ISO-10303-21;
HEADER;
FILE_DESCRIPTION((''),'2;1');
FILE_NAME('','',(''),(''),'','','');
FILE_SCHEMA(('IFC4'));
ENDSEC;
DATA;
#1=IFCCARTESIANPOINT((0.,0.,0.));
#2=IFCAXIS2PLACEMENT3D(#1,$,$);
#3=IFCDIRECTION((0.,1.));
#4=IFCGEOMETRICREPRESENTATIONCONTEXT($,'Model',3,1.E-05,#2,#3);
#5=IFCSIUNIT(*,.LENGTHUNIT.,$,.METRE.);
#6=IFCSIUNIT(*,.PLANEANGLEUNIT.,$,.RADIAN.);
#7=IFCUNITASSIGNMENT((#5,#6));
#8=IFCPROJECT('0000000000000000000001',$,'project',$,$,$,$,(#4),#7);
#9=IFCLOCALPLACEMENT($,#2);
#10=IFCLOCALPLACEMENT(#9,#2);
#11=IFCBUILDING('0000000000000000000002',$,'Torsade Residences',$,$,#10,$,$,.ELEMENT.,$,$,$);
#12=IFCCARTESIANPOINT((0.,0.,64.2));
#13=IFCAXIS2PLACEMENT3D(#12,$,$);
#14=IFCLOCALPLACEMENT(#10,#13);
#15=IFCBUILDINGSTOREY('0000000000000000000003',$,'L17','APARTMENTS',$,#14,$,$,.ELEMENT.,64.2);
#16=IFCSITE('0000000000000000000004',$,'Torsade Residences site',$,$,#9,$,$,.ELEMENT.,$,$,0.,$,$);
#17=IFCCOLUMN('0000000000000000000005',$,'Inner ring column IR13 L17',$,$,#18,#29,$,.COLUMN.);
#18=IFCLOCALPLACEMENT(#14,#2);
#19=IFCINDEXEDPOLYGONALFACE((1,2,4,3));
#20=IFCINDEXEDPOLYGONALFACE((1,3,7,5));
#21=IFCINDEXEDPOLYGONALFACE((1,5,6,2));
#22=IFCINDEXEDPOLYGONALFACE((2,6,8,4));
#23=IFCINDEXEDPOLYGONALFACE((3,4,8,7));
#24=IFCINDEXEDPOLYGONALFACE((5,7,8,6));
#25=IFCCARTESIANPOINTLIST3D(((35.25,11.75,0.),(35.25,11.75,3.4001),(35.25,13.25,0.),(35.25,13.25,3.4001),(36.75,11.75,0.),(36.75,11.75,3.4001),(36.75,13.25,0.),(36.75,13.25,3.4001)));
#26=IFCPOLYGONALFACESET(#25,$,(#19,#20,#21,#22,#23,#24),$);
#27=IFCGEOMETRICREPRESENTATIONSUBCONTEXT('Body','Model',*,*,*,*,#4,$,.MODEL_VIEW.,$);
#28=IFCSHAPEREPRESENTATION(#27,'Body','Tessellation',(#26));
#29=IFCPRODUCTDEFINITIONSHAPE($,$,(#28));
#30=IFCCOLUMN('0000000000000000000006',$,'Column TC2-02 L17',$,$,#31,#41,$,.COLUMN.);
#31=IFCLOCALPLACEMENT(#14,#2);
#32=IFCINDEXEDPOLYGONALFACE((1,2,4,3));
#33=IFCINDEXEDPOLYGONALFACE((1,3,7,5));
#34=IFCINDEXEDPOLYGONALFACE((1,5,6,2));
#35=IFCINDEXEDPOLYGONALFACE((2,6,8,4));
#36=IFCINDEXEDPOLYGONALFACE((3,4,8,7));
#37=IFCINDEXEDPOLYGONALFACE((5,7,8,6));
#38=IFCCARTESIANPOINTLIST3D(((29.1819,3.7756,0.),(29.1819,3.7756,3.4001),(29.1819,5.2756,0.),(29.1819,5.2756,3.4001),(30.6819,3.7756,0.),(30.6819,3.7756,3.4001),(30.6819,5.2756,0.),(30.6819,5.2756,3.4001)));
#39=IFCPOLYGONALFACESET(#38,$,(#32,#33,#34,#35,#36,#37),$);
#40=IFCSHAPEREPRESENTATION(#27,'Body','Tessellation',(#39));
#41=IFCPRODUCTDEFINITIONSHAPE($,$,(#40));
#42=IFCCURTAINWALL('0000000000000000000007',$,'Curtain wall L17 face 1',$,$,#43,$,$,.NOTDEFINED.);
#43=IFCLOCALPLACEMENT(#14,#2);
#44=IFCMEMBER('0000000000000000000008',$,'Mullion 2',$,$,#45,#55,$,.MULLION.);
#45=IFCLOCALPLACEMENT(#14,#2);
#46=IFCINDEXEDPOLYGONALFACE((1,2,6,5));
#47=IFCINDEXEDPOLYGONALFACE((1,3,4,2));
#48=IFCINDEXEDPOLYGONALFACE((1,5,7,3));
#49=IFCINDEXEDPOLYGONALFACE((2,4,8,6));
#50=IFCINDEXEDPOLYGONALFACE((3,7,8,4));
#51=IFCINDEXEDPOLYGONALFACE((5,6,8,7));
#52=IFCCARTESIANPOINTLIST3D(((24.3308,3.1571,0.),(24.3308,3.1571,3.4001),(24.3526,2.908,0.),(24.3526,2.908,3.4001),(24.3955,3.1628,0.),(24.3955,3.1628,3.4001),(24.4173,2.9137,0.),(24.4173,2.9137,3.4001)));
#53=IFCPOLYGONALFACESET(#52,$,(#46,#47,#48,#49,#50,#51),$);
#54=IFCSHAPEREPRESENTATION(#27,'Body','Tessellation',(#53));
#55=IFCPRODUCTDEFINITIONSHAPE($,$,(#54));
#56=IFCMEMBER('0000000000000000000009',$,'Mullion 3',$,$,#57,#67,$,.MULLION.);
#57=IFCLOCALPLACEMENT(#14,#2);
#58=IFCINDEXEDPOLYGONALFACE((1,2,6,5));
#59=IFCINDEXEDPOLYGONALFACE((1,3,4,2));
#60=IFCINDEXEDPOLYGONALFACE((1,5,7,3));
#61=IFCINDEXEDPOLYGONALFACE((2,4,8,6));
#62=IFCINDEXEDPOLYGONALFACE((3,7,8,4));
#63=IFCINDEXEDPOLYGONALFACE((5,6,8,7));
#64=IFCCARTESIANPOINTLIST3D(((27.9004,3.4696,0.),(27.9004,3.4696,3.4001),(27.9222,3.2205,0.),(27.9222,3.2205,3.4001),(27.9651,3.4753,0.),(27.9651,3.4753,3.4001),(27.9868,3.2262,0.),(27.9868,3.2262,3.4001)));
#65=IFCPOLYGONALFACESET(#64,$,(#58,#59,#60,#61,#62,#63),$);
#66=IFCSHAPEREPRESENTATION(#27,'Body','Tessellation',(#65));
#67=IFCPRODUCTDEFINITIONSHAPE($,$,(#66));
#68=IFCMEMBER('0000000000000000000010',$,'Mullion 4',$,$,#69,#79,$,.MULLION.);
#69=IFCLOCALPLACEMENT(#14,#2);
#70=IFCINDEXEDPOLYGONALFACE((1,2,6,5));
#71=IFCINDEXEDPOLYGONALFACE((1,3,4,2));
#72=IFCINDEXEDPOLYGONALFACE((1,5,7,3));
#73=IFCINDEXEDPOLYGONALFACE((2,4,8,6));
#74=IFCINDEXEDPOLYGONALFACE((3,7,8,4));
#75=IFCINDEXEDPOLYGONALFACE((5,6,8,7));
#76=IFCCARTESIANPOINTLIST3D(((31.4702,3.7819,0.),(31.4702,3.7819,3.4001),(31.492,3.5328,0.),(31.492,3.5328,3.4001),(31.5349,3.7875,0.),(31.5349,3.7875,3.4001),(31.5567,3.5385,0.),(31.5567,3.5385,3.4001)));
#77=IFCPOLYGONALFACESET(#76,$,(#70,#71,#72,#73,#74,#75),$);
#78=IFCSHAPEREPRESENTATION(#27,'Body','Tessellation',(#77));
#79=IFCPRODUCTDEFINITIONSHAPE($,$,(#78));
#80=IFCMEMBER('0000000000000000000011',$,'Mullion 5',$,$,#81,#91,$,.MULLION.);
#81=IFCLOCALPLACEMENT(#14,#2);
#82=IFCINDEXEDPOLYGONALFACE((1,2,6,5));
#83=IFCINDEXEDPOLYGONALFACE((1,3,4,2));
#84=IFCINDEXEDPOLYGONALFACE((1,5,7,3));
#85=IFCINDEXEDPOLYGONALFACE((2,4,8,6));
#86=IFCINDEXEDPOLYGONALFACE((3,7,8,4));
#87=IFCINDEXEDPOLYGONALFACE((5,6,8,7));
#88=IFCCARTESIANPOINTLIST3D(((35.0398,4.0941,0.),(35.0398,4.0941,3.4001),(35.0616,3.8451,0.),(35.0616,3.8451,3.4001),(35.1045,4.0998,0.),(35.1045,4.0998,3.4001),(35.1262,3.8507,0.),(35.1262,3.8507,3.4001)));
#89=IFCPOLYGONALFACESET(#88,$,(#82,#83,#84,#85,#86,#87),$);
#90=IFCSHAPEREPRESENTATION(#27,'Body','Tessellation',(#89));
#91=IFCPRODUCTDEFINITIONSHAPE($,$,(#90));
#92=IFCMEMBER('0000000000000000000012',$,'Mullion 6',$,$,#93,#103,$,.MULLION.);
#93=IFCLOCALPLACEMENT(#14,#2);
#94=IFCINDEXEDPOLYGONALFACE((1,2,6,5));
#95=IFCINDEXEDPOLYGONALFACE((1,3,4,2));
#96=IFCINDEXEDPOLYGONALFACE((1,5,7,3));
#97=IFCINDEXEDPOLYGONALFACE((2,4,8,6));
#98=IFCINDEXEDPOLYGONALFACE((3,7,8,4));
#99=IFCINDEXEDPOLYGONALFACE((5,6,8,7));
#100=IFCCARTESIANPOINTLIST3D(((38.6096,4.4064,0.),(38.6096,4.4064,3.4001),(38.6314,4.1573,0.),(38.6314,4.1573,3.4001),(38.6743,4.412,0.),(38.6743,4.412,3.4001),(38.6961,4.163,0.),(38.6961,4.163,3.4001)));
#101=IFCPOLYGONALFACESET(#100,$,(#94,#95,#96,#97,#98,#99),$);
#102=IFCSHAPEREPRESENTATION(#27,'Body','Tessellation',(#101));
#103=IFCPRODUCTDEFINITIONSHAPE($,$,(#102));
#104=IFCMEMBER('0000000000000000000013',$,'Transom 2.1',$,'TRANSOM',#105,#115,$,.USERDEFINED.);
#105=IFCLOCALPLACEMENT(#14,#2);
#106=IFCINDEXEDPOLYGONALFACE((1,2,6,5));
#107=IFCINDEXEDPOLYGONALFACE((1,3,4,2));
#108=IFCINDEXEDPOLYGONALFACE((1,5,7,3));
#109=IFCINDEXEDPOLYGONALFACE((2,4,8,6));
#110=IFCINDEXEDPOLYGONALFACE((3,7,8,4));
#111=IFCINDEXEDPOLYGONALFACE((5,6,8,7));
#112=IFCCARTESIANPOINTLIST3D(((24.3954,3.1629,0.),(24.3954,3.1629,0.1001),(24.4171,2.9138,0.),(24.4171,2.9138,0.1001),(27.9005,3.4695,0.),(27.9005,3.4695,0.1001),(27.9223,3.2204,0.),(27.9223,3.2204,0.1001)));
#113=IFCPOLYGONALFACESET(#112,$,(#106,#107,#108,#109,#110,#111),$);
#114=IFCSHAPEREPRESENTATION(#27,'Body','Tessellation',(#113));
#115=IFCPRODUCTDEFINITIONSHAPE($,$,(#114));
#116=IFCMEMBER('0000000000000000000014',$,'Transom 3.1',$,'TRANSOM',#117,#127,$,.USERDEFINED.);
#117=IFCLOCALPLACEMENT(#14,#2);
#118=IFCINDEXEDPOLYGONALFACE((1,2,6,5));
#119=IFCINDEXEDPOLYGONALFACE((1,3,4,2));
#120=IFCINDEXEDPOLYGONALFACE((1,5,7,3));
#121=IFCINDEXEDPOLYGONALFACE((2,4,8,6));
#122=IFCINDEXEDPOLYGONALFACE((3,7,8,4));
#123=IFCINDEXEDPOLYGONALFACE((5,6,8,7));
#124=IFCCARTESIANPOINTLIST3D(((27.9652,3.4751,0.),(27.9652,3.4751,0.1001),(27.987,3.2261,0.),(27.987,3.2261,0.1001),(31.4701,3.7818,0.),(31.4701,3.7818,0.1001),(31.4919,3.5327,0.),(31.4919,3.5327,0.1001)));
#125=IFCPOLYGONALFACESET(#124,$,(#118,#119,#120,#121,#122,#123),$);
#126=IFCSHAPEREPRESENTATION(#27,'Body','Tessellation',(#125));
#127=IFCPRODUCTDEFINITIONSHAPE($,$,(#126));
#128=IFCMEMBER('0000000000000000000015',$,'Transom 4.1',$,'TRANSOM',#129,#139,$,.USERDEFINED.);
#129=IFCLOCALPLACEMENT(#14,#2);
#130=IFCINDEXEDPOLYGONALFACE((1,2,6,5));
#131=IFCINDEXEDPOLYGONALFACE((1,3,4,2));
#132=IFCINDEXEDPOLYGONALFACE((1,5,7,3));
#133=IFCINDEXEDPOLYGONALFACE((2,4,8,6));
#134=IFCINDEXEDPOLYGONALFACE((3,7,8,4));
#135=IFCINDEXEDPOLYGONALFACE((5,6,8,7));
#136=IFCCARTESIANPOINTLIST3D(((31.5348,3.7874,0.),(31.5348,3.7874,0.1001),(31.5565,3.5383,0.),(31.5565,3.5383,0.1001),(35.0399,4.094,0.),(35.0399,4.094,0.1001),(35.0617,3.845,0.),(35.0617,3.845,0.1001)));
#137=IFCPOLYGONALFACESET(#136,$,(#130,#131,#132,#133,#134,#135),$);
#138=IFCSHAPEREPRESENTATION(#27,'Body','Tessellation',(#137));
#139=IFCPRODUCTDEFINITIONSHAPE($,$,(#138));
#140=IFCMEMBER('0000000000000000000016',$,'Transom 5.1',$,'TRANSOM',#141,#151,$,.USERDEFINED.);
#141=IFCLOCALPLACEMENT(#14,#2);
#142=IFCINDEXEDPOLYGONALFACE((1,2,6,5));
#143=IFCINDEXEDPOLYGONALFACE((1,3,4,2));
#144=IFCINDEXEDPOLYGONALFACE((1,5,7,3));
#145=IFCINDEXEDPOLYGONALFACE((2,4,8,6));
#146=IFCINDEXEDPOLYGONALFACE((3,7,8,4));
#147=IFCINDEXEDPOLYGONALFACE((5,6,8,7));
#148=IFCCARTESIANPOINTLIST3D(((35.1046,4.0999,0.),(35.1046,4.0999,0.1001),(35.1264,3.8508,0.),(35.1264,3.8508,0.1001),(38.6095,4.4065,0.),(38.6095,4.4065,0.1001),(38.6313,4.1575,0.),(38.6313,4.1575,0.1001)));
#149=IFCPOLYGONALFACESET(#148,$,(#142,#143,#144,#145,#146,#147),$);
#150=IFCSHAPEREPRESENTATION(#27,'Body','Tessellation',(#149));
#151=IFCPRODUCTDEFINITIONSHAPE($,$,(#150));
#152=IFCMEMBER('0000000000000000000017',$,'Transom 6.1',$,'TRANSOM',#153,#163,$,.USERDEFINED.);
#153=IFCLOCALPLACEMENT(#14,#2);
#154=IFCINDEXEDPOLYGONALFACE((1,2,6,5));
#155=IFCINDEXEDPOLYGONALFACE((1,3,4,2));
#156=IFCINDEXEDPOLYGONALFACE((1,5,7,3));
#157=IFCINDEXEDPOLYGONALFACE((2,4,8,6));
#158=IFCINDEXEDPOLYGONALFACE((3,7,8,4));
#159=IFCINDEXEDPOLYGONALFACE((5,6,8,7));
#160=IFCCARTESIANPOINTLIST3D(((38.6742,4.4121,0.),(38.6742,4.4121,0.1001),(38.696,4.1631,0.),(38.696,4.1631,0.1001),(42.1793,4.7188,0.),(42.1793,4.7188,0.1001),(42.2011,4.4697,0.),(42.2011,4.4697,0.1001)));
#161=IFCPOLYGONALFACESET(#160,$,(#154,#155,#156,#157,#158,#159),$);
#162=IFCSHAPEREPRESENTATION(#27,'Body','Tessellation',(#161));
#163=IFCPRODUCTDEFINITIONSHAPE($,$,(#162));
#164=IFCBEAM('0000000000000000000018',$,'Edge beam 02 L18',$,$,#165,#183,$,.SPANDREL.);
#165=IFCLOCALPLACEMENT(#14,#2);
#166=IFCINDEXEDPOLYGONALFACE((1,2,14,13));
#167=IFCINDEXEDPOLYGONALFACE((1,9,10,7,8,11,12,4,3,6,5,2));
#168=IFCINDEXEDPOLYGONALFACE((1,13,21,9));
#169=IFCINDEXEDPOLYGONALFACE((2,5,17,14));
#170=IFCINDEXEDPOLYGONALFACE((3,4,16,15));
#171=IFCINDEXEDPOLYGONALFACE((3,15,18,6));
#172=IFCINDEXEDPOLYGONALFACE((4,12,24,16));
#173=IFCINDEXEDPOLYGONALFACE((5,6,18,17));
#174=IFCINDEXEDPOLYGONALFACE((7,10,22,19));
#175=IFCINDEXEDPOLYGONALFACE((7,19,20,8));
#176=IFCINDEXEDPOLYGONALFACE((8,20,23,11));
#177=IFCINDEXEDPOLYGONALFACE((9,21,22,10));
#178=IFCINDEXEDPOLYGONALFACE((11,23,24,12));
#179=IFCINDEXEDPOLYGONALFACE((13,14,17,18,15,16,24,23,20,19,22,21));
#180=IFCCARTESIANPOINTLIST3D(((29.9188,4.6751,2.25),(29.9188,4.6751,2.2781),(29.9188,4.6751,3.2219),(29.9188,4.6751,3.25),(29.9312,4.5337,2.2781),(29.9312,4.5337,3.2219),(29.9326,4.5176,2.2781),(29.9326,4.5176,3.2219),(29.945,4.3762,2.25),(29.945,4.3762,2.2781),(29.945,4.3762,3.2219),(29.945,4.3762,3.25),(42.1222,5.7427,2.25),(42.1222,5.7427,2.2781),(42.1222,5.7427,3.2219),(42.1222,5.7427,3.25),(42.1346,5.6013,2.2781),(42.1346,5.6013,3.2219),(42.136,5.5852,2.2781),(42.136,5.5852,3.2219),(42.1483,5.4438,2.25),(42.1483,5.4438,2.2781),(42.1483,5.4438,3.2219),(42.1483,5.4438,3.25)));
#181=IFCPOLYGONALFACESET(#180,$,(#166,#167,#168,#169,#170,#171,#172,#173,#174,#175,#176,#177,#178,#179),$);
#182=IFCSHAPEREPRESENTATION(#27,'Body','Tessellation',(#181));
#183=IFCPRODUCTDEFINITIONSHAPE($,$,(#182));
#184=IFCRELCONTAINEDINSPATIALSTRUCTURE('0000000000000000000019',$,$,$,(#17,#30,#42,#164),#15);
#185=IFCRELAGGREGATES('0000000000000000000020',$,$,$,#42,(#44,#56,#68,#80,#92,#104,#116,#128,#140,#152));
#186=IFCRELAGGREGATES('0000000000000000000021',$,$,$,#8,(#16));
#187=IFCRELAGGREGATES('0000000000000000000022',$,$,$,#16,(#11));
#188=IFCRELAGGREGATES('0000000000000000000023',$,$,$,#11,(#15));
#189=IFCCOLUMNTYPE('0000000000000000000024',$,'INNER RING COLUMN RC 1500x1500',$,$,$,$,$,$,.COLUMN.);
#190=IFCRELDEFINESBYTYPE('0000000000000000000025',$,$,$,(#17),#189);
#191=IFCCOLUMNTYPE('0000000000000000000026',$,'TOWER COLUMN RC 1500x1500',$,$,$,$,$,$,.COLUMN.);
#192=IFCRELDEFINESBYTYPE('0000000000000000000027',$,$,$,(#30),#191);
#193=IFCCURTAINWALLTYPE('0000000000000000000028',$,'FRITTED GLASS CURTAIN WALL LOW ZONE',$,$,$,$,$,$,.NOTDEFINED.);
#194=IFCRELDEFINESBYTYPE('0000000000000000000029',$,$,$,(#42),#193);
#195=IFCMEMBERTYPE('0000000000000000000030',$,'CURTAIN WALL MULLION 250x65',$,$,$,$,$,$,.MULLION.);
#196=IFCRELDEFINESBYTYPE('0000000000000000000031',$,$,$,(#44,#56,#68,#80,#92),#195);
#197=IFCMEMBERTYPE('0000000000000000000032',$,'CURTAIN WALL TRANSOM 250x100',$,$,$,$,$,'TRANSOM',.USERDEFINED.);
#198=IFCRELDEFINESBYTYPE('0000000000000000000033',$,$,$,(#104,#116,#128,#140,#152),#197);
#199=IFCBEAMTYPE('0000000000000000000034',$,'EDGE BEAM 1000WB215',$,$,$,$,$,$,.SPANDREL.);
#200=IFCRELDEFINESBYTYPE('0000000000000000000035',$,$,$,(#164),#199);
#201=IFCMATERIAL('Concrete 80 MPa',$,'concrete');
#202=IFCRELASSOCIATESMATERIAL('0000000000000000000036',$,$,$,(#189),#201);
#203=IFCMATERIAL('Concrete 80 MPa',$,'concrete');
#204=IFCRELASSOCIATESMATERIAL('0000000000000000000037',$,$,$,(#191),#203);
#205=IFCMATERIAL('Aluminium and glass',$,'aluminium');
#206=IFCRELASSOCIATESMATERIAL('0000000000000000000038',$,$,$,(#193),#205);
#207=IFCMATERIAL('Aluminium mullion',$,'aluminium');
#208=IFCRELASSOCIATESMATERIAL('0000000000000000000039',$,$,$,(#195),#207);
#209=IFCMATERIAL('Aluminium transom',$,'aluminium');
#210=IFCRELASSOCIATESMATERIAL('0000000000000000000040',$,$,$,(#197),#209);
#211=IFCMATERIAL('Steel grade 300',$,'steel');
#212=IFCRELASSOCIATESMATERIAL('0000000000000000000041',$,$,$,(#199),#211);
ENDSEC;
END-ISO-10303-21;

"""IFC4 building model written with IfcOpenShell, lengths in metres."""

from ifc_helpers import new_model, si_unit, direction, frame, origin, origin_2d, place, context, subcontext, project, spatial, rectangle, i_section, extrude, material, material_profile, profile_set, type_object, element, aggregate, save


model = new_model("IFC4")

# Units and contexts
model_context = context("Model", 3, precision=1e-05, world=origin(), true_north=direction((0.0, 1.0)))
body_context = subcontext(model_context, "Body", "Model", "MODEL_VIEW")
ifc_project = project(units=[si_unit("LENGTHUNIT", "METRE"), si_unit("PLANEANGLEUNIT", "RADIAN")], contexts=[model_context])

# Site, building, storey
site_placement = place(None, origin())
site = spatial("IfcSite", under=ifc_project, at=site_placement, Name="Torsade Residences site", CompositionType="ELEMENT", RefElevation=0.0)
building_placement = place(site_placement, origin())
building = spatial("IfcBuilding", under=site, at=building_placement, Name="Torsade Residences", CompositionType="ELEMENT")
storey_placement = place(building_placement, frame((0.0, 0.0, 64.2)))
storey = spatial("IfcBuildingStorey", under=building, at=storey_placement, Name="L17", Description="APARTMENTS", CompositionType="ELEMENT", Elevation=64.2)

# Columns
ifc_material_1 = material(Name="Concrete 80 MPa", Category="concrete")
ifc_material_profile_1 = material_profile(ifc_material_1, rectangle(XDim=1.5, YDim=1.5, at=origin_2d()), Name="RC 1500x1500")
ifc_profile_set_1 = profile_set([ifc_material_profile_1], Name="Concrete 80 MPa")
column_type_1 = type_object("IfcColumnType", Name="INNER RING COLUMN RC 1500x1500", PredefinedType="COLUMN", material=ifc_profile_set_1)
column_1_placement = place(storey_placement, frame((36.0, 12.5, 0.0), z_axis=(0.0, 0.0, 1.0), x_axis=(1.0, 0.0, 0.0)))
element("IfcColumn", 1, at=column_1_placement, inside=storey, type_object=column_type_1, Name="Inner ring column IR13 L17", PredefinedType="COLUMN", context=body_context, shape_type="SweptSolid", body=[
    extrude(rectangle(XDim=1.5, YDim=1.5, at=origin_2d()), origin(), (0.0, 0.0, 1.0), 3.4001),
])
ifc_material_2 = material(Name="Concrete 80 MPa", Category="concrete")
ifc_material_profile_2 = material_profile(ifc_material_2, rectangle(XDim=1.5, YDim=1.5, at=origin_2d()), Name="RC 1500x1500")
ifc_profile_set_2 = profile_set([ifc_material_profile_2], Name="Concrete 80 MPa")
column_type_2 = type_object("IfcColumnType", Name="TOWER COLUMN RC 1500x1500", PredefinedType="COLUMN", material=ifc_profile_set_2)
column_2_placement = place(storey_placement, frame((29.9319, 4.5256, 0.0), z_axis=(0.0, 0.0, 1.0), x_axis=(1.0, 0.0, 0.0)))
element("IfcColumn", 2, at=column_2_placement, inside=storey, type_object=column_type_2, Name="Column TC2-02 L17", PredefinedType="COLUMN", context=body_context, shape_type="SweptSolid", body=[
    extrude(rectangle(XDim=1.5, YDim=1.5, at=origin_2d()), origin(), (0.0, 0.0, 1.0), 3.4001),
])

# Curtain wall, members
ifc_material_3 = material(Name="Aluminium and glass", Category="aluminium")
curtain_wall_type = type_object("IfcCurtainWallType", Name="FRITTED GLASS CURTAIN WALL LOW ZONE", PredefinedType="NOTDEFINED", material=ifc_material_3)
curtain_wall_placement = place(storey_placement, origin())
curtain_wall = element("IfcCurtainWall", 3, at=curtain_wall_placement, inside=storey, type_object=curtain_wall_type, Name="Curtain wall L17 face 1", PredefinedType="NOTDEFINED")
ifc_material_4 = material(Name="Aluminium mullion", Category="aluminium")
ifc_material_profile_3 = material_profile(ifc_material_4, rectangle(XDim=0.25, YDim=0.0649, at=origin_2d()), Name="CURTAIN WALL MULLION 250x65")
ifc_profile_set_3 = profile_set([ifc_material_profile_3], Name="Aluminium mullion")
member_type_1 = type_object("IfcMemberType", Name="CURTAIN WALL MULLION 250x65", PredefinedType="MULLION", material=ifc_profile_set_3)
member_1_placement = place(storey_placement, frame((24.374, 3.0354, 0.0), z_axis=(0.0, 0.0, 1.0), x_axis=(-0.087156, 0.996195, 0.0)))
member_1 = element("IfcMember", 4, at=member_1_placement, type_object=member_type_1, Name="Mullion 2", PredefinedType="MULLION", context=body_context, shape_type="SweptSolid", body=[
    extrude(rectangle(XDim=0.25, YDim=0.0649, at=origin_2d()), origin(), (0.0, 0.0, 1.0), 3.4001),
])
member_2_placement = place(storey_placement, frame((27.9436, 3.3479, 0.0), z_axis=(0.0, 0.0, 1.0), x_axis=(-0.087156, 0.996195, 0.0)))
member_2 = element("IfcMember", 5, at=member_2_placement, type_object=member_type_1, Name="Mullion 3", PredefinedType="MULLION", context=body_context, shape_type="SweptSolid", body=[
    extrude(rectangle(XDim=0.25, YDim=0.0649, at=origin_2d()), origin(), (0.0, 0.0, 1.0), 3.4001),
])
member_3_placement = place(storey_placement, frame((31.5134, 3.6602, 0.0), z_axis=(0.0, 0.0, 1.0), x_axis=(-0.087156, 0.996195, 0.0)))
member_3 = element("IfcMember", 6, at=member_3_placement, type_object=member_type_1, Name="Mullion 4", PredefinedType="MULLION", context=body_context, shape_type="SweptSolid", body=[
    extrude(rectangle(XDim=0.25, YDim=0.0649, at=origin_2d()), origin(), (0.0, 0.0, 1.0), 3.4001),
])
member_4_placement = place(storey_placement, frame((35.083, 3.9724, 0.0), z_axis=(0.0, 0.0, 1.0), x_axis=(-0.087156, 0.996195, 0.0)))
member_4 = element("IfcMember", 7, at=member_4_placement, type_object=member_type_1, Name="Mullion 5", PredefinedType="MULLION", context=body_context, shape_type="SweptSolid", body=[
    extrude(rectangle(XDim=0.25, YDim=0.0649, at=origin_2d()), origin(), (0.0, 0.0, 1.0), 3.4001),
])
member_5_placement = place(storey_placement, frame((38.6528, 4.2847, 0.0), z_axis=(0.0, 0.0, 1.0), x_axis=(-0.087156, 0.996195, 0.0)))
member_5 = element("IfcMember", 8, at=member_5_placement, type_object=member_type_1, Name="Mullion 6", PredefinedType="MULLION", context=body_context, shape_type="SweptSolid", body=[
    extrude(rectangle(XDim=0.25, YDim=0.0649, at=origin_2d()), origin(), (0.0, 0.0, 1.0), 3.4001),
])
ifc_material_5 = material(Name="Aluminium transom", Category="aluminium")
ifc_material_profile_4 = material_profile(ifc_material_5, rectangle(XDim=0.25, YDim=0.1001, at=origin_2d()), Name="CURTAIN WALL TRANSOM 250x100")
ifc_profile_set_4 = profile_set([ifc_material_profile_4], Name="Aluminium transom")
member_type_2 = type_object("IfcMemberType", Name="CURTAIN WALL TRANSOM 250x100", ElementType="TRANSOM", PredefinedType="USERDEFINED", material=ifc_profile_set_4)
member_6_placement = place(storey_placement, frame((24.4062, 3.0383, 0.05), z_axis=(0.996195, 0.087151, 0.0), x_axis=(-0.087151, 0.996195, 0.0)))
member_6 = element("IfcMember", 9, at=member_6_placement, type_object=member_type_2, Name="Transom 2.1", ObjectType="TRANSOM", PredefinedType="USERDEFINED", context=body_context, shape_type="SweptSolid", body=[
    extrude(rectangle(XDim=0.25, YDim=0.1001, at=origin_2d()), origin(), (0.0, 0.0, 1.0), 3.5186),
])
member_7_placement = place(storey_placement, frame((27.9761, 3.3506, 0.05), z_axis=(0.996195, 0.087157, 0.0), x_axis=(-0.087157, 0.996195, 0.0)))
member_7 = element("IfcMember", 10, at=member_7_placement, type_object=member_type_2, Name="Transom 3.1", ObjectType="TRANSOM", PredefinedType="USERDEFINED", context=body_context, shape_type="SweptSolid", body=[
    extrude(rectangle(XDim=0.25, YDim=0.1001, at=origin_2d()), origin(), (0.0, 0.0, 1.0), 3.5183),
])
member_8_placement = place(storey_placement, frame((31.5457, 3.6628, 0.05), z_axis=(0.996195, 0.087151, 0.0), x_axis=(-0.087151, 0.996195, 0.0)))
member_8 = element("IfcMember", 11, at=member_8_placement, type_object=member_type_2, Name="Transom 4.1", ObjectType="TRANSOM", PredefinedType="USERDEFINED", context=body_context, shape_type="SweptSolid", body=[
    extrude(rectangle(XDim=0.25, YDim=0.1001, at=origin_2d()), origin(), (0.0, 0.0, 1.0), 3.5186),
])
member_9_placement = place(storey_placement, frame((35.1155, 3.9753, 0.05), z_axis=(0.996195, 0.087157, 0.0), x_axis=(-0.087157, 0.996195, 0.0)))
member_9 = element("IfcMember", 12, at=member_9_placement, type_object=member_type_2, Name="Transom 5.1", ObjectType="TRANSOM", PredefinedType="USERDEFINED", context=body_context, shape_type="SweptSolid", body=[
    extrude(rectangle(XDim=0.25, YDim=0.1001, at=origin_2d()), origin(), (0.0, 0.0, 1.0), 3.5183),
])
member_10_placement = place(storey_placement, frame((38.6851, 4.2876, 0.05), z_axis=(0.996195, 0.087151, 0.0), x_axis=(-0.087151, 0.996195, 0.0)))
member_10 = element("IfcMember", 13, at=member_10_placement, type_object=member_type_2, Name="Transom 6.1", ObjectType="TRANSOM", PredefinedType="USERDEFINED", context=body_context, shape_type="SweptSolid", body=[
    extrude(rectangle(XDim=0.25, YDim=0.1001, at=origin_2d()), origin(), (0.0, 0.0, 1.0), 3.5186),
])

# Beam
ifc_material_6 = material(Name="Steel grade 300", Category="steel")
ifc_material_profile_5 = material_profile(ifc_material_6, i_section(OverallWidth=0.3, OverallDepth=1.0, WebThickness=0.0161, FlangeThickness=0.0281, at=origin_2d()), Name="1000WB215")
ifc_profile_set_5 = profile_set([ifc_material_profile_5], Name="Steel grade 300")
beam_type_1 = type_object("IfcBeamType", Name="EDGE BEAM 1000WB215", PredefinedType="SPANDREL", material=ifc_profile_set_5)
beam_1_placement = place(storey_placement, frame((29.9319, 4.5256, 2.75), z_axis=(0.996195, 0.087153, 0.0), x_axis=(-0.087153, 0.996195, 0.0)))
element("IfcBeam", 14, at=beam_1_placement, inside=storey, type_object=beam_type_1, Name="Edge beam 02 L18", PredefinedType="SPANDREL", context=body_context, shape_type="SweptSolid", body=[
    extrude(i_section(OverallWidth=0.3, OverallDepth=1.0, WebThickness=0.0161, FlangeThickness=0.0281, at=origin_2d()), origin(), (0.0, 0.0, 1.0), 12.25),
])

aggregate(curtain_wall, [member_1, member_2, member_3, member_4, member_5, member_6, member_7, member_8, member_9, member_10])

save(model, "model.ifc")
